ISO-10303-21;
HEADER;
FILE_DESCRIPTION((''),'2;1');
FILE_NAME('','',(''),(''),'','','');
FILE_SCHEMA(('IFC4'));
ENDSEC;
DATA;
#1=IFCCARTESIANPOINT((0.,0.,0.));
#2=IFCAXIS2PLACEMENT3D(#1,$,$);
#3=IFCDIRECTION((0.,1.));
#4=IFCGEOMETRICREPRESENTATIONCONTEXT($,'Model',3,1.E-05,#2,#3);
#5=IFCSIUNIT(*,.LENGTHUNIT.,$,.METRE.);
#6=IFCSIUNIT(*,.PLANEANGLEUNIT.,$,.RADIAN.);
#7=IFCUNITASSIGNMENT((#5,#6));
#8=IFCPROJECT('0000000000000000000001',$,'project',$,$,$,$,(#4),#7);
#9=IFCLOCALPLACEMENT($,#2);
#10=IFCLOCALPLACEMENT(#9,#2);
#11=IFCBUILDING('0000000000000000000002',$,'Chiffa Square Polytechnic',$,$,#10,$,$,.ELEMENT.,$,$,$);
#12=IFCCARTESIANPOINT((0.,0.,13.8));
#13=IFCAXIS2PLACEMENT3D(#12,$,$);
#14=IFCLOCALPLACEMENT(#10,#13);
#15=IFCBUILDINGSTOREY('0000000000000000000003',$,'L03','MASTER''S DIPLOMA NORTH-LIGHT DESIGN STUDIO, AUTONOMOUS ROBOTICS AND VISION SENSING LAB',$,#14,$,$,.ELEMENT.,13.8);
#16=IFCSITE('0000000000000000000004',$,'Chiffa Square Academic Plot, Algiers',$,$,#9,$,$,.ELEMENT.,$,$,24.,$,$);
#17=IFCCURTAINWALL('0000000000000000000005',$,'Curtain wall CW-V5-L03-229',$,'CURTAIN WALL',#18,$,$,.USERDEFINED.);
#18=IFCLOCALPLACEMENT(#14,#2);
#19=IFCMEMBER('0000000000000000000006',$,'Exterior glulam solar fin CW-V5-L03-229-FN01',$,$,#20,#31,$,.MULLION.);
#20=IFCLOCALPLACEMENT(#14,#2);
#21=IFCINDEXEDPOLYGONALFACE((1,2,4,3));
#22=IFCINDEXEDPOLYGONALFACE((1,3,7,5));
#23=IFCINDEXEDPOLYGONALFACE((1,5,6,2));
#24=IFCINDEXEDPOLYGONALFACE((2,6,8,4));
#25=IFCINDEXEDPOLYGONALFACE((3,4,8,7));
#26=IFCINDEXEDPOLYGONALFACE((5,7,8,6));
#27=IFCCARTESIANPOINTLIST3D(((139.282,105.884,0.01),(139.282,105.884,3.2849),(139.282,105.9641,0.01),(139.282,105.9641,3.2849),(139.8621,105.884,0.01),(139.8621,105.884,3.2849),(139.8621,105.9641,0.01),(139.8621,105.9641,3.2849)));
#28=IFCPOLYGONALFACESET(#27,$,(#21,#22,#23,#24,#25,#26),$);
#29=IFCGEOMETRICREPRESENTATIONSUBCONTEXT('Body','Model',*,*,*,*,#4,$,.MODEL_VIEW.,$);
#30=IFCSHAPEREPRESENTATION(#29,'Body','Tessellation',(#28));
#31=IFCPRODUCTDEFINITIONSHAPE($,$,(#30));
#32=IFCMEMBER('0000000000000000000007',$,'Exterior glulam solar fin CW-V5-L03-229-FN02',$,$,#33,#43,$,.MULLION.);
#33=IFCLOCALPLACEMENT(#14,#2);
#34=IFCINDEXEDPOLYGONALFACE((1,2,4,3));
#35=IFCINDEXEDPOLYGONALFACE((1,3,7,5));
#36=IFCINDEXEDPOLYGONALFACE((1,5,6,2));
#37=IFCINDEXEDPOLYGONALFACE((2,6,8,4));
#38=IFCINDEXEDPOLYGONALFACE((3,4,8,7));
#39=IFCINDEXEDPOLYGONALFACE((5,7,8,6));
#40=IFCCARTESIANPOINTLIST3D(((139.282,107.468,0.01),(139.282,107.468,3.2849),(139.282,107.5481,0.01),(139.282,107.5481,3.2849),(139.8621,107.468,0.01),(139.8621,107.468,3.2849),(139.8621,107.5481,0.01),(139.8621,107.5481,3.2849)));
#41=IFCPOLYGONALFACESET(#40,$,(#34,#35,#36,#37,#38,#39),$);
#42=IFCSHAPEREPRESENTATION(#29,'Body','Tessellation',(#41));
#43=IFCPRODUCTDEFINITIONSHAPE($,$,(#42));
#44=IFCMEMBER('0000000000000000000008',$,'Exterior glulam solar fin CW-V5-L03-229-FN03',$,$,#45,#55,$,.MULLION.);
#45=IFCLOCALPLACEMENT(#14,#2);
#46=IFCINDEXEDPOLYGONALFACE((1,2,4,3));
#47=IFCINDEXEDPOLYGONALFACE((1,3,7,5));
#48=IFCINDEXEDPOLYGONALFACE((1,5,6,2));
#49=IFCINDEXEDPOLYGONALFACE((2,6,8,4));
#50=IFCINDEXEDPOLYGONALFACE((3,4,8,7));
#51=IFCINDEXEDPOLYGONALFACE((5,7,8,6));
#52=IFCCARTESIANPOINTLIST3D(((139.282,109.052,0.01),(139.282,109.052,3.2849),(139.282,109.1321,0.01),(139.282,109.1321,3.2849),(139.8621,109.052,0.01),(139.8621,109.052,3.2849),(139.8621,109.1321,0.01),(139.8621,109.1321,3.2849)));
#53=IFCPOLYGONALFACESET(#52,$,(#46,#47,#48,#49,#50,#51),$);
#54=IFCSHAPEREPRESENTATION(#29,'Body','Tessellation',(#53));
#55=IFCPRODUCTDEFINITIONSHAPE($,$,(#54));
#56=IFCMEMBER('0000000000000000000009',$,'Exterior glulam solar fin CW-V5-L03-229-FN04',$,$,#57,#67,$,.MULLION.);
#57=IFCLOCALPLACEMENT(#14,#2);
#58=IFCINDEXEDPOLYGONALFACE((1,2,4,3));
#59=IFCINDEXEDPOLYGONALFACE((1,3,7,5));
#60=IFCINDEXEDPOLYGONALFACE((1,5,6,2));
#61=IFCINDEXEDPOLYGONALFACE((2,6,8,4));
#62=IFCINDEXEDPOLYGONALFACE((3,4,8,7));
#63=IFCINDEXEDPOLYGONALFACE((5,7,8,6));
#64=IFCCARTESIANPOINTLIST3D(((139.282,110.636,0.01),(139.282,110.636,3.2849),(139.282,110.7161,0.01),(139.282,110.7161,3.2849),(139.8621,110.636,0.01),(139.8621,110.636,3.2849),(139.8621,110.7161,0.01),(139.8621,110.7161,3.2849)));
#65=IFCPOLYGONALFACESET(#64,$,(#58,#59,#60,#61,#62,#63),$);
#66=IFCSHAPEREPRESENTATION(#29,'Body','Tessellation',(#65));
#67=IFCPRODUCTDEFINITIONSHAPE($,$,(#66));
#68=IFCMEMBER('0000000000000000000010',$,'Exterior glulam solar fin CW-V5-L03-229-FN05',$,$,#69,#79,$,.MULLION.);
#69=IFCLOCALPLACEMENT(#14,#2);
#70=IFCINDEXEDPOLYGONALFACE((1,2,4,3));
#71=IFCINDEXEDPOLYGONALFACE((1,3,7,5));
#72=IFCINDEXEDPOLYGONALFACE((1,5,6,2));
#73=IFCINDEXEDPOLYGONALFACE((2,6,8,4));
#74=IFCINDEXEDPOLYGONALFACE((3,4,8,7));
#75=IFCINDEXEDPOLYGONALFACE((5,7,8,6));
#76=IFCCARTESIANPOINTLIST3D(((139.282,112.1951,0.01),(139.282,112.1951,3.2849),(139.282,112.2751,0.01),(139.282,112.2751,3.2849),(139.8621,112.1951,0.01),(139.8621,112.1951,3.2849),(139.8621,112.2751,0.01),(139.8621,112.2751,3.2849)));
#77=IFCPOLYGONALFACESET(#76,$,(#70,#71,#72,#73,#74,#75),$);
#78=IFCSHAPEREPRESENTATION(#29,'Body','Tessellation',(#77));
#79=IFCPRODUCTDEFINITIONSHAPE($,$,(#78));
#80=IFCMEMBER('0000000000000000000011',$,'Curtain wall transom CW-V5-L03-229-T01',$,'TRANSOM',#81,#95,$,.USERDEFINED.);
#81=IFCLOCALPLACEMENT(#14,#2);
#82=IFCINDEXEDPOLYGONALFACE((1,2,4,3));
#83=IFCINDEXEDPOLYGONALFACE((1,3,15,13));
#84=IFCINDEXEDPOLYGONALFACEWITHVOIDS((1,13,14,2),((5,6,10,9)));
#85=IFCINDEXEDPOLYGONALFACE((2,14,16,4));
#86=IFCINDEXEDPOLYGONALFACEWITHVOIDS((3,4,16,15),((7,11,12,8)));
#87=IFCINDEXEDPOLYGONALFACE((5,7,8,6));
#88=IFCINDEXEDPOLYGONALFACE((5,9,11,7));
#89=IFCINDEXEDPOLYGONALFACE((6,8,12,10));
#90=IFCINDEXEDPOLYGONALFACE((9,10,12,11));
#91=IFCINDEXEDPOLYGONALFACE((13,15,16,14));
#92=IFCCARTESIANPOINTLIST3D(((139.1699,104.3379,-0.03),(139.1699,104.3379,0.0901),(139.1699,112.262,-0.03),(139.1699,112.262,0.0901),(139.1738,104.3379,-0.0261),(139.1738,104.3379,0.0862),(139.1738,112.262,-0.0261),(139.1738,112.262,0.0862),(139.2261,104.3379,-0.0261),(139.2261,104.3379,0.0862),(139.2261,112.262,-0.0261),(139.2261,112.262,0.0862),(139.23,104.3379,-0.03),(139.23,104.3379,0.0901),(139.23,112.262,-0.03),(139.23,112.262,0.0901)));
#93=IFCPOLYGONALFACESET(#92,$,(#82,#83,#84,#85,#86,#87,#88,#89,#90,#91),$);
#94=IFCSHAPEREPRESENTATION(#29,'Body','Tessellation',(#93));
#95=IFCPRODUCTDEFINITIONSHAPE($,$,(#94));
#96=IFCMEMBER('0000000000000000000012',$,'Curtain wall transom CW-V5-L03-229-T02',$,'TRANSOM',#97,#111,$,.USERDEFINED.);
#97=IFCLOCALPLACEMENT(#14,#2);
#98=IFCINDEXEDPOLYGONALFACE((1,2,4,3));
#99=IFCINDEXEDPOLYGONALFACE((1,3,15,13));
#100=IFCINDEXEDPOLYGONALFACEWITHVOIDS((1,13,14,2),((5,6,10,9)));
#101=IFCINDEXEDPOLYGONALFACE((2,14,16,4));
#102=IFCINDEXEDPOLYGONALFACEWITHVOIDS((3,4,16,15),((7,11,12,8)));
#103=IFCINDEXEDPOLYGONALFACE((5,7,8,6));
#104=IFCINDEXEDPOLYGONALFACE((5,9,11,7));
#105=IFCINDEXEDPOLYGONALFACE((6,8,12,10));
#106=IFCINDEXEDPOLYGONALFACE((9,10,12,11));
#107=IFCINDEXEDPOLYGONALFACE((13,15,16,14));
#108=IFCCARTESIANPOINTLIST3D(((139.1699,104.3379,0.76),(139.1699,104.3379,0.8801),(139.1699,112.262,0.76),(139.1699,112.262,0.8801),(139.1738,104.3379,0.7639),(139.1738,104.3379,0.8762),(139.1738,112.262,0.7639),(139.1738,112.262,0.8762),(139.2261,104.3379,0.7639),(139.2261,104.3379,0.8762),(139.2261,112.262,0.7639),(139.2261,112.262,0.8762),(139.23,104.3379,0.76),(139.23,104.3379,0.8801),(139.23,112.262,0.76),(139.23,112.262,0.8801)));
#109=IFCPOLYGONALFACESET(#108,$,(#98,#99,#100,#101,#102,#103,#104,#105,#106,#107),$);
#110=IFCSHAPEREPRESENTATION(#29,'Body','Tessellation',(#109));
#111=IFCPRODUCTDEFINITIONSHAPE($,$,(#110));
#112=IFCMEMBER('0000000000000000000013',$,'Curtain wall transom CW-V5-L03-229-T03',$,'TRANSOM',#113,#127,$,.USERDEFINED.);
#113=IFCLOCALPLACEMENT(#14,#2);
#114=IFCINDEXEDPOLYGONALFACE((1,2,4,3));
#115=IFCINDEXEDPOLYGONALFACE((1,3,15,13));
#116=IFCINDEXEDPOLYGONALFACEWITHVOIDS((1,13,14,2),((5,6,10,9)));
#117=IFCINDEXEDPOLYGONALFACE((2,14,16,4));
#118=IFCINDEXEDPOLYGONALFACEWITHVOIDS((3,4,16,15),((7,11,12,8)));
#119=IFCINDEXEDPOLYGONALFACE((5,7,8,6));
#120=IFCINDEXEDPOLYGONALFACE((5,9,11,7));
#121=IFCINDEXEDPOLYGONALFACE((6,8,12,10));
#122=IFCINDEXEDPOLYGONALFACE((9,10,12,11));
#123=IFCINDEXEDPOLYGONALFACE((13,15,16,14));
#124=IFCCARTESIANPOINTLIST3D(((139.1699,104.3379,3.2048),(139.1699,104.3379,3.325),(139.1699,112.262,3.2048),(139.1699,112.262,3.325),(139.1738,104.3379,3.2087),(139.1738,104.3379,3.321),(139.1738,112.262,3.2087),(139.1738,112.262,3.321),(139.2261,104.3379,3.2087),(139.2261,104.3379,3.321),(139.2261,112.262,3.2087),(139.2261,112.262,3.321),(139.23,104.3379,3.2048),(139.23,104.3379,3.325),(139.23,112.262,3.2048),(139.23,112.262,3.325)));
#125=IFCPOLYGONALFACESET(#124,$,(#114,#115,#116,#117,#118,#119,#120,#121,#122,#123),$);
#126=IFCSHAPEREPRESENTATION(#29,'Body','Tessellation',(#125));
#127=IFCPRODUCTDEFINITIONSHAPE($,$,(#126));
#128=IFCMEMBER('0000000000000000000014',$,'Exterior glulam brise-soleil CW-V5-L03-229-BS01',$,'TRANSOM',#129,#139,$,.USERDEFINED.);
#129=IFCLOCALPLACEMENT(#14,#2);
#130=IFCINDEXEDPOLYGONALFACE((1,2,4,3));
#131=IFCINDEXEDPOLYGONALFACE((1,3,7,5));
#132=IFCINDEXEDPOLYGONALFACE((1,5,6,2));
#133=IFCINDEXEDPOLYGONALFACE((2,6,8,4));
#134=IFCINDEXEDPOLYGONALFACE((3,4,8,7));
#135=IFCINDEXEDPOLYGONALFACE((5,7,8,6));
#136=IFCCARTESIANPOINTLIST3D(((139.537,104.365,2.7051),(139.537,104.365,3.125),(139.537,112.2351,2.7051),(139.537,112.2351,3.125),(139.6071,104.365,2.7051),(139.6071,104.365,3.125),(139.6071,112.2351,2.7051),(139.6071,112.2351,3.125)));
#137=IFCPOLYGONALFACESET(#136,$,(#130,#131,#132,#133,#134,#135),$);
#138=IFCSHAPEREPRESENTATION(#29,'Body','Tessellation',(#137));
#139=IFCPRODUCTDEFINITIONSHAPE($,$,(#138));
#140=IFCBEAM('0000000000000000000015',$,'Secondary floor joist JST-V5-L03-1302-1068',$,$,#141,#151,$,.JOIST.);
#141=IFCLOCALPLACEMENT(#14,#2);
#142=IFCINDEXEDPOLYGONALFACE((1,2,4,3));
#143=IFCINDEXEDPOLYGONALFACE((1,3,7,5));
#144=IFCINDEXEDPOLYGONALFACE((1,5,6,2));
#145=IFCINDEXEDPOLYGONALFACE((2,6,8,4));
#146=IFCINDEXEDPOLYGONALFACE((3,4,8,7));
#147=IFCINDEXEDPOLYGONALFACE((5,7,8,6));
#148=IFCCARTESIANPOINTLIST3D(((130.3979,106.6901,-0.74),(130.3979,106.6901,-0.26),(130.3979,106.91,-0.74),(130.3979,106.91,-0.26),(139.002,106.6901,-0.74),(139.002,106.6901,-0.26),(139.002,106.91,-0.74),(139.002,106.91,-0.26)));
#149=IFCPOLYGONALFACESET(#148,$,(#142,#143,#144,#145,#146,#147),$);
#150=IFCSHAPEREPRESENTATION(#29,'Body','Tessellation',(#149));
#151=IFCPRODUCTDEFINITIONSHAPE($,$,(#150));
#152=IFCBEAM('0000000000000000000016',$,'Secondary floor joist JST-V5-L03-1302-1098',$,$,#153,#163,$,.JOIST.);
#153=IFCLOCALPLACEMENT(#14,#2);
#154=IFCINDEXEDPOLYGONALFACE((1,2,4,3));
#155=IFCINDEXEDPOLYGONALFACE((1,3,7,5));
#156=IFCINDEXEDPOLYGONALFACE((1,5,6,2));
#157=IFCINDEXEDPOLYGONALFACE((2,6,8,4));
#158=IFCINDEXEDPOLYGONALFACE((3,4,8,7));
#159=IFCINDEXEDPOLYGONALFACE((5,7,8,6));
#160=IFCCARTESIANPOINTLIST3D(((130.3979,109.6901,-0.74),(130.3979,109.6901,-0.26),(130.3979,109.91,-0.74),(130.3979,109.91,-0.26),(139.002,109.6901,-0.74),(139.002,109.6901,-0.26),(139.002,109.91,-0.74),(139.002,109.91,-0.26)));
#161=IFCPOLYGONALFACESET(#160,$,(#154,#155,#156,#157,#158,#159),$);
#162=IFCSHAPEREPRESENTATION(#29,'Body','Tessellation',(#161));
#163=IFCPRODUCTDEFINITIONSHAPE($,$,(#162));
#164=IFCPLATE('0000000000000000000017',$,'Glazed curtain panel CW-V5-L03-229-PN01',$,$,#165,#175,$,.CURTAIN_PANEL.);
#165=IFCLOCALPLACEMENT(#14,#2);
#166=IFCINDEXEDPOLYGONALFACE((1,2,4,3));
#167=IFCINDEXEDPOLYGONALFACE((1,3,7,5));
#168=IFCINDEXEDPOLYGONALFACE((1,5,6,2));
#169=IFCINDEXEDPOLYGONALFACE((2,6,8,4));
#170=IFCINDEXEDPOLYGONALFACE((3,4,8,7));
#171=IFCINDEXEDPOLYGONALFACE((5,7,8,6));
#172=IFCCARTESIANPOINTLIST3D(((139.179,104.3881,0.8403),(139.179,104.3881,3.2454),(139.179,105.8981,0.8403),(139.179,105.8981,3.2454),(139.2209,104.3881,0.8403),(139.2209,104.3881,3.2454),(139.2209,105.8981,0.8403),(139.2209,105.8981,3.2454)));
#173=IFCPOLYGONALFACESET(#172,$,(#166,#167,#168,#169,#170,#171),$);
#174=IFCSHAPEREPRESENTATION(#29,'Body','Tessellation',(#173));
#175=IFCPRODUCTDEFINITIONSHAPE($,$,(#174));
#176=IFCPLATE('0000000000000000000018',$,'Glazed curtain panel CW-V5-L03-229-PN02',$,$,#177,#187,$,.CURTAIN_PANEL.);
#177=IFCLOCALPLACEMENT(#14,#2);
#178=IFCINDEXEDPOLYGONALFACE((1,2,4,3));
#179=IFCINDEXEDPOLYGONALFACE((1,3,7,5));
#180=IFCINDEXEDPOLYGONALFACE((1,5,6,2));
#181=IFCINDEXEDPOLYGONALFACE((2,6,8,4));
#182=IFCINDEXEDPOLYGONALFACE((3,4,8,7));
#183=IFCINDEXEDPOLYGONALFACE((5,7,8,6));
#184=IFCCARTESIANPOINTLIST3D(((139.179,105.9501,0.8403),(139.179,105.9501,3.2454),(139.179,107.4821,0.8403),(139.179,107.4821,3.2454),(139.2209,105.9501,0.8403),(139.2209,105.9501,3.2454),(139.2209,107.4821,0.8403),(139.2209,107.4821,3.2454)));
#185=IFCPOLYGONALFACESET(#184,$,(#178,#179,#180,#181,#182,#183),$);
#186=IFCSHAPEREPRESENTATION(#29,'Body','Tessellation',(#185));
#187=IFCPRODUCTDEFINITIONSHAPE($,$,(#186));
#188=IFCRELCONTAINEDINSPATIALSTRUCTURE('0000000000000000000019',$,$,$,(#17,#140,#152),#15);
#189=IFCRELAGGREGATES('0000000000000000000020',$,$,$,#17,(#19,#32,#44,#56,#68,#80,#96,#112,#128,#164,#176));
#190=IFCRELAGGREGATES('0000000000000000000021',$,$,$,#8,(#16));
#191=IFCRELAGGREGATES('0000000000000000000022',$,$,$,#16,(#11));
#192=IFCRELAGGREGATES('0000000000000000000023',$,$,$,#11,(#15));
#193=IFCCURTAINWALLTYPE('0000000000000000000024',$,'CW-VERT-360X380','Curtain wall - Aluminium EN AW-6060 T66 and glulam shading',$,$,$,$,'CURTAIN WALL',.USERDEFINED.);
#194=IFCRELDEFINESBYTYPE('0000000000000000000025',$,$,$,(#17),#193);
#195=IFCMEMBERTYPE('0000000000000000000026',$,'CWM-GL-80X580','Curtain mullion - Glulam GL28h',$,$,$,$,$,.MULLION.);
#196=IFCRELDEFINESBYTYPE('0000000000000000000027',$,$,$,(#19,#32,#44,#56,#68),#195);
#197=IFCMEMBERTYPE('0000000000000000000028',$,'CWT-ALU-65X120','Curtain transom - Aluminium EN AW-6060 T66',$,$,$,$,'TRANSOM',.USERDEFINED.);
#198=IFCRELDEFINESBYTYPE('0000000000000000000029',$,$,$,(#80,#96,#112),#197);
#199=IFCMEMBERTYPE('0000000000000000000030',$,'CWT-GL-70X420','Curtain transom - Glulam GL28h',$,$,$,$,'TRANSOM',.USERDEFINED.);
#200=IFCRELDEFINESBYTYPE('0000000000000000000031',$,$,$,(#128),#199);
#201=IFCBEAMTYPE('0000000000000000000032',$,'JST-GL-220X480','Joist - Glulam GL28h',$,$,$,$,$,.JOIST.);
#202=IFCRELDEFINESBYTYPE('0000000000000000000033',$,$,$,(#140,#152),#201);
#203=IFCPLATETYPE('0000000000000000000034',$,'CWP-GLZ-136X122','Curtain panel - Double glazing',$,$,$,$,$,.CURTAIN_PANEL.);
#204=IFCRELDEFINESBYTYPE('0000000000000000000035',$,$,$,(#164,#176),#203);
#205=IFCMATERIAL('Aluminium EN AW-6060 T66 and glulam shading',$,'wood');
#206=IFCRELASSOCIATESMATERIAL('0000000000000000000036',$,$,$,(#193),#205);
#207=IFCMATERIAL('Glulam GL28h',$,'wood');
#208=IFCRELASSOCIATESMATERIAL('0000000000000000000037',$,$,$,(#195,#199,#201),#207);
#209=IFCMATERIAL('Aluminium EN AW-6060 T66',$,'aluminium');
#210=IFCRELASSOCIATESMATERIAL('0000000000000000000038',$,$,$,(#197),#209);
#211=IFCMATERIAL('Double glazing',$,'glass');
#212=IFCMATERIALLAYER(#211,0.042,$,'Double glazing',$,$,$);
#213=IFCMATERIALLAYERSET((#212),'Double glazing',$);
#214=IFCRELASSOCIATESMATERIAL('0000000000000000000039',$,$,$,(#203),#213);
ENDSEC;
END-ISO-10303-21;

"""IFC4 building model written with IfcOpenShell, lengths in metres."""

from ifc_helpers import new_model, si_unit, direction, frame, origin, origin_2d, place, context, subcontext, project, spatial, rectangle, hollow_rectangle, extrude, material, layer, layer_set, material_profile, profile_set, type_object, element, aggregate, save


model = new_model("IFC4")

# Units and contexts
model_context = context("Model", 3, precision=1e-05, world=origin(), true_north=direction((0.0, 1.0)))
body_context = subcontext(model_context, "Body", "Model", "MODEL_VIEW")
ifc_project = project(units=[si_unit("LENGTHUNIT", "METRE"), si_unit("PLANEANGLEUNIT", "RADIAN")], contexts=[model_context])

# Site, building, storey
site_placement = place(None, origin())
site = spatial("IfcSite", under=ifc_project, at=site_placement, Name="Chiffa Square Academic Plot, Algiers", CompositionType="ELEMENT", RefElevation=24.0)
building_placement = place(site_placement, origin())
building = spatial("IfcBuilding", under=site, at=building_placement, Name="Chiffa Square Polytechnic", CompositionType="ELEMENT")
storey_placement = place(building_placement, frame((0.0, 0.0, 13.8)))
storey = spatial("IfcBuildingStorey", under=building, at=storey_placement, Name="L03", Description="MASTER'S DIPLOMA NORTH-LIGHT DESIGN STUDIO, AUTONOMOUS ROBOTICS AND VISION SENSING LAB", CompositionType="ELEMENT", Elevation=13.8)

# Curtain wall, members
ifc_material_1 = material(Name="Aluminium EN AW-6060 T66 and glulam shading", Category="wood")
curtain_wall_type = type_object("IfcCurtainWallType", Name="CW-VERT-360X380", Description="Curtain wall - Aluminium EN AW-6060 T66 and glulam shading", ElementType="CURTAIN WALL", PredefinedType="USERDEFINED", material=ifc_material_1)
curtain_wall_placement = place(storey_placement, origin())
curtain_wall = element("IfcCurtainWall", 1, at=curtain_wall_placement, inside=storey, type_object=curtain_wall_type, Name="Curtain wall CW-V5-L03-229", ObjectType="CURTAIN WALL", PredefinedType="USERDEFINED")
ifc_material_2 = material(Name="Aluminium EN AW-6060 T66", Category="aluminium")
ifc_material_3 = material(Name="Glulam GL28h", Category="wood")
ifc_material_profile_1 = material_profile(ifc_material_3, rectangle(XDim=0.0801, YDim=0.5801, at=origin_2d()), Name="GL28h 80x580")
ifc_profile_set_1 = profile_set([ifc_material_profile_1], Name="Glulam GL28h")
member_type_1 = type_object("IfcMemberType", Name="CWM-GL-80X580", Description="Curtain mullion - Glulam GL28h", PredefinedType="MULLION", material=ifc_profile_set_1)
member_1_placement = place(storey_placement, frame((139.572, 105.9241, 0.01), z_axis=(0.0, 0.0, 1.0), x_axis=(0.0, 1.0, 0.0)))
member_1 = element("IfcMember", 2, at=member_1_placement, type_object=member_type_1, Name="Exterior glulam solar fin CW-V5-L03-229-FN01", PredefinedType="MULLION", context=body_context, shape_type="SweptSolid", body=[
    extrude(rectangle(XDim=0.0801, YDim=0.5801, at=origin_2d()), origin(), (0.0, 0.0, 1.0), 3.2749),
])
member_2_placement = place(storey_placement, frame((139.572, 107.5081, 0.01), z_axis=(0.0, 0.0, 1.0), x_axis=(0.0, 1.0, 0.0)))
member_2 = element("IfcMember", 3, at=member_2_placement, type_object=member_type_1, Name="Exterior glulam solar fin CW-V5-L03-229-FN02", PredefinedType="MULLION", context=body_context, shape_type="SweptSolid", body=[
    extrude(rectangle(XDim=0.0801, YDim=0.5801, at=origin_2d()), origin(), (0.0, 0.0, 1.0), 3.2749),
])
member_3_placement = place(storey_placement, frame((139.572, 109.092, 0.01), z_axis=(0.0, 0.0, 1.0), x_axis=(0.0, 1.0, 0.0)))
member_3 = element("IfcMember", 4, at=member_3_placement, type_object=member_type_1, Name="Exterior glulam solar fin CW-V5-L03-229-FN03", PredefinedType="MULLION", context=body_context, shape_type="SweptSolid", body=[
    extrude(rectangle(XDim=0.0801, YDim=0.5801, at=origin_2d()), origin(), (0.0, 0.0, 1.0), 3.2749),
])
member_4_placement = place(storey_placement, frame((139.572, 110.676, 0.01), z_axis=(0.0, 0.0, 1.0), x_axis=(0.0, 1.0, 0.0)))
member_4 = element("IfcMember", 5, at=member_4_placement, type_object=member_type_1, Name="Exterior glulam solar fin CW-V5-L03-229-FN04", PredefinedType="MULLION", context=body_context, shape_type="SweptSolid", body=[
    extrude(rectangle(XDim=0.0801, YDim=0.5801, at=origin_2d()), origin(), (0.0, 0.0, 1.0), 3.2749),
])
member_5_placement = place(storey_placement, frame((139.572, 112.2351, 0.01), z_axis=(0.0, 0.0, 1.0), x_axis=(0.0, 1.0, 0.0)))
member_5 = element("IfcMember", 6, at=member_5_placement, type_object=member_type_1, Name="Exterior glulam solar fin CW-V5-L03-229-FN05", PredefinedType="MULLION", context=body_context, shape_type="SweptSolid", body=[
    extrude(rectangle(XDim=0.0801, YDim=0.5801, at=origin_2d()), origin(), (0.0, 0.0, 1.0), 3.2749),
])
ifc_material_profile_2 = material_profile(ifc_material_2, hollow_rectangle(XDim=0.0601, YDim=0.1201, WallThickness=0.0039, at=origin_2d()), Name="ALU 60x120x4")
ifc_profile_set_2 = profile_set([ifc_material_profile_2], Name="Aluminium EN AW-6060 T66")
member_type_2 = type_object("IfcMemberType", Name="CWT-ALU-65X120", Description="Curtain transom - Aluminium EN AW-6060 T66", ElementType="TRANSOM", PredefinedType="USERDEFINED", material=ifc_profile_set_2)
member_6_placement = place(storey_placement, frame((139.2, 104.3379, 0.03), z_axis=(0.0, 1.0, 0.0), x_axis=(-1.0, 0.0, 0.0)))
member_6 = element("IfcMember", 7, at=member_6_placement, type_object=member_type_2, Name="Curtain wall transom CW-V5-L03-229-T01", ObjectType="TRANSOM", PredefinedType="USERDEFINED", context=body_context, shape_type="SweptSolid", body=[
    extrude(hollow_rectangle(XDim=0.0601, YDim=0.1201, WallThickness=0.0039, at=origin_2d()), origin(), (0.0, 0.0, 1.0), 7.9241),
])
member_7_placement = place(storey_placement, frame((139.2, 104.3379, 0.8201), z_axis=(0.0, 1.0, 0.0), x_axis=(-1.0, 0.0, 0.0)))
member_7 = element("IfcMember", 8, at=member_7_placement, type_object=member_type_2, Name="Curtain wall transom CW-V5-L03-229-T02", ObjectType="TRANSOM", PredefinedType="USERDEFINED", context=body_context, shape_type="SweptSolid", body=[
    extrude(hollow_rectangle(XDim=0.0601, YDim=0.1201, WallThickness=0.0039, at=origin_2d()), origin(), (0.0, 0.0, 1.0), 7.9241),
])
member_8_placement = place(storey_placement, frame((139.2, 104.3379, 3.2649), z_axis=(0.0, 1.0, 0.0), x_axis=(-1.0, 0.0, 0.0)))
member_8 = element("IfcMember", 9, at=member_8_placement, type_object=member_type_2, Name="Curtain wall transom CW-V5-L03-229-T03", ObjectType="TRANSOM", PredefinedType="USERDEFINED", context=body_context, shape_type="SweptSolid", body=[
    extrude(hollow_rectangle(XDim=0.0601, YDim=0.1201, WallThickness=0.0039, at=origin_2d()), origin(), (0.0, 0.0, 1.0), 7.9241),
])
ifc_material_profile_3 = material_profile(ifc_material_3, rectangle(XDim=0.0701, YDim=0.4199, at=origin_2d()), Name="GL28h 70x420")
ifc_profile_set_3 = profile_set([ifc_material_profile_3], Name="Glulam GL28h")
member_type_3 = type_object("IfcMemberType", Name="CWT-GL-70X420", Description="Curtain transom - Glulam GL28h", ElementType="TRANSOM", PredefinedType="USERDEFINED", material=ifc_profile_set_3)
member_9_placement = place(storey_placement, frame((139.572, 104.365, 2.915), z_axis=(0.0, 1.0, 0.0), x_axis=(-1.0, 0.0, 0.0)))
member_9 = element("IfcMember", 10, at=member_9_placement, type_object=member_type_3, Name="Exterior glulam brise-soleil CW-V5-L03-229-BS01", ObjectType="TRANSOM", PredefinedType="USERDEFINED", context=body_context, shape_type="SweptSolid", body=[
    extrude(rectangle(XDim=0.0701, YDim=0.4199, at=origin_2d()), origin(), (0.0, 0.0, 1.0), 7.8701),
])

# Beams
ifc_material_profile_4 = material_profile(ifc_material_3, rectangle(XDim=0.22, YDim=0.48, at=origin_2d()), Name="GL28h 220x480")
ifc_profile_set_4 = profile_set([ifc_material_profile_4], Name="Glulam GL28h")
beam_type_1 = type_object("IfcBeamType", Name="JST-GL-220X480", Description="Joist - Glulam GL28h", PredefinedType="JOIST", material=ifc_profile_set_4)
for number, where, z_axis, x_axis, name in (
    (11, (130.3979, 106.8, -0.5), (1.0, 0.0, 0.0), (0.0, 1.0, 0.0), "Secondary floor joist JST-V5-L03-1302-1068"),
    (12, (130.3979, 109.8, -0.5), (1.0, 0.0, 0.0), (0.0, 1.0, 0.0), "Secondary floor joist JST-V5-L03-1302-1098"),
):
    element("IfcBeam", number, at=place(storey_placement, frame(where, z_axis=z_axis, x_axis=x_axis)), inside=storey, type_object=beam_type_1, Name=name, PredefinedType="JOIST", context=body_context, shape_type="SweptSolid", body=[
        extrude(rectangle(XDim=0.22, YDim=0.48, at=origin_2d()), origin(), (0.0, 0.0, 1.0), 8.604),
    ])

# Plates
ifc_material_4 = material(Name="Double glazing", Category="glass")
ifc_layer_1 = layer(ifc_material_4, 0.042, Name="Double glazing")
ifc_layer_set_1 = layer_set([ifc_layer_1], Name="Double glazing")
plate_type_1 = type_object("IfcPlateType", Name="CWP-GLZ-136X122", Description="Curtain panel - Double glazing", PredefinedType="CURTAIN_PANEL", material=ifc_layer_set_1)
plate_1_placement = place(storey_placement, frame((139.2, 105.1431, 0.8403), z_axis=(0.0, 0.0, 1.0), x_axis=(0.0, 1.0, 0.0)))
plate_1 = element("IfcPlate", 13, at=plate_1_placement, type_object=plate_type_1, Name="Glazed curtain panel CW-V5-L03-229-PN01", PredefinedType="CURTAIN_PANEL", context=body_context, shape_type="SweptSolid", body=[
    extrude(rectangle(XDim=1.51, YDim=0.042, at=origin_2d()), origin(), (0.0, 0.0, 1.0), 2.405),
])
plate_2_placement = place(storey_placement, frame((139.2, 106.7161, 0.8403), z_axis=(0.0, 0.0, 1.0), x_axis=(0.0, 1.0, 0.0)))
plate_2 = element("IfcPlate", 14, at=plate_2_placement, type_object=plate_type_1, Name="Glazed curtain panel CW-V5-L03-229-PN02", PredefinedType="CURTAIN_PANEL", context=body_context, shape_type="SweptSolid", body=[
    extrude(rectangle(XDim=1.532, YDim=0.042, at=origin_2d()), origin(), (0.0, 0.0, 1.0), 2.405),
])
aggregate(curtain_wall, [member_1, member_2, member_3, member_4, member_5, member_6, member_7, member_8, member_9, plate_1, plate_2])

save(model, "model.ifc")
